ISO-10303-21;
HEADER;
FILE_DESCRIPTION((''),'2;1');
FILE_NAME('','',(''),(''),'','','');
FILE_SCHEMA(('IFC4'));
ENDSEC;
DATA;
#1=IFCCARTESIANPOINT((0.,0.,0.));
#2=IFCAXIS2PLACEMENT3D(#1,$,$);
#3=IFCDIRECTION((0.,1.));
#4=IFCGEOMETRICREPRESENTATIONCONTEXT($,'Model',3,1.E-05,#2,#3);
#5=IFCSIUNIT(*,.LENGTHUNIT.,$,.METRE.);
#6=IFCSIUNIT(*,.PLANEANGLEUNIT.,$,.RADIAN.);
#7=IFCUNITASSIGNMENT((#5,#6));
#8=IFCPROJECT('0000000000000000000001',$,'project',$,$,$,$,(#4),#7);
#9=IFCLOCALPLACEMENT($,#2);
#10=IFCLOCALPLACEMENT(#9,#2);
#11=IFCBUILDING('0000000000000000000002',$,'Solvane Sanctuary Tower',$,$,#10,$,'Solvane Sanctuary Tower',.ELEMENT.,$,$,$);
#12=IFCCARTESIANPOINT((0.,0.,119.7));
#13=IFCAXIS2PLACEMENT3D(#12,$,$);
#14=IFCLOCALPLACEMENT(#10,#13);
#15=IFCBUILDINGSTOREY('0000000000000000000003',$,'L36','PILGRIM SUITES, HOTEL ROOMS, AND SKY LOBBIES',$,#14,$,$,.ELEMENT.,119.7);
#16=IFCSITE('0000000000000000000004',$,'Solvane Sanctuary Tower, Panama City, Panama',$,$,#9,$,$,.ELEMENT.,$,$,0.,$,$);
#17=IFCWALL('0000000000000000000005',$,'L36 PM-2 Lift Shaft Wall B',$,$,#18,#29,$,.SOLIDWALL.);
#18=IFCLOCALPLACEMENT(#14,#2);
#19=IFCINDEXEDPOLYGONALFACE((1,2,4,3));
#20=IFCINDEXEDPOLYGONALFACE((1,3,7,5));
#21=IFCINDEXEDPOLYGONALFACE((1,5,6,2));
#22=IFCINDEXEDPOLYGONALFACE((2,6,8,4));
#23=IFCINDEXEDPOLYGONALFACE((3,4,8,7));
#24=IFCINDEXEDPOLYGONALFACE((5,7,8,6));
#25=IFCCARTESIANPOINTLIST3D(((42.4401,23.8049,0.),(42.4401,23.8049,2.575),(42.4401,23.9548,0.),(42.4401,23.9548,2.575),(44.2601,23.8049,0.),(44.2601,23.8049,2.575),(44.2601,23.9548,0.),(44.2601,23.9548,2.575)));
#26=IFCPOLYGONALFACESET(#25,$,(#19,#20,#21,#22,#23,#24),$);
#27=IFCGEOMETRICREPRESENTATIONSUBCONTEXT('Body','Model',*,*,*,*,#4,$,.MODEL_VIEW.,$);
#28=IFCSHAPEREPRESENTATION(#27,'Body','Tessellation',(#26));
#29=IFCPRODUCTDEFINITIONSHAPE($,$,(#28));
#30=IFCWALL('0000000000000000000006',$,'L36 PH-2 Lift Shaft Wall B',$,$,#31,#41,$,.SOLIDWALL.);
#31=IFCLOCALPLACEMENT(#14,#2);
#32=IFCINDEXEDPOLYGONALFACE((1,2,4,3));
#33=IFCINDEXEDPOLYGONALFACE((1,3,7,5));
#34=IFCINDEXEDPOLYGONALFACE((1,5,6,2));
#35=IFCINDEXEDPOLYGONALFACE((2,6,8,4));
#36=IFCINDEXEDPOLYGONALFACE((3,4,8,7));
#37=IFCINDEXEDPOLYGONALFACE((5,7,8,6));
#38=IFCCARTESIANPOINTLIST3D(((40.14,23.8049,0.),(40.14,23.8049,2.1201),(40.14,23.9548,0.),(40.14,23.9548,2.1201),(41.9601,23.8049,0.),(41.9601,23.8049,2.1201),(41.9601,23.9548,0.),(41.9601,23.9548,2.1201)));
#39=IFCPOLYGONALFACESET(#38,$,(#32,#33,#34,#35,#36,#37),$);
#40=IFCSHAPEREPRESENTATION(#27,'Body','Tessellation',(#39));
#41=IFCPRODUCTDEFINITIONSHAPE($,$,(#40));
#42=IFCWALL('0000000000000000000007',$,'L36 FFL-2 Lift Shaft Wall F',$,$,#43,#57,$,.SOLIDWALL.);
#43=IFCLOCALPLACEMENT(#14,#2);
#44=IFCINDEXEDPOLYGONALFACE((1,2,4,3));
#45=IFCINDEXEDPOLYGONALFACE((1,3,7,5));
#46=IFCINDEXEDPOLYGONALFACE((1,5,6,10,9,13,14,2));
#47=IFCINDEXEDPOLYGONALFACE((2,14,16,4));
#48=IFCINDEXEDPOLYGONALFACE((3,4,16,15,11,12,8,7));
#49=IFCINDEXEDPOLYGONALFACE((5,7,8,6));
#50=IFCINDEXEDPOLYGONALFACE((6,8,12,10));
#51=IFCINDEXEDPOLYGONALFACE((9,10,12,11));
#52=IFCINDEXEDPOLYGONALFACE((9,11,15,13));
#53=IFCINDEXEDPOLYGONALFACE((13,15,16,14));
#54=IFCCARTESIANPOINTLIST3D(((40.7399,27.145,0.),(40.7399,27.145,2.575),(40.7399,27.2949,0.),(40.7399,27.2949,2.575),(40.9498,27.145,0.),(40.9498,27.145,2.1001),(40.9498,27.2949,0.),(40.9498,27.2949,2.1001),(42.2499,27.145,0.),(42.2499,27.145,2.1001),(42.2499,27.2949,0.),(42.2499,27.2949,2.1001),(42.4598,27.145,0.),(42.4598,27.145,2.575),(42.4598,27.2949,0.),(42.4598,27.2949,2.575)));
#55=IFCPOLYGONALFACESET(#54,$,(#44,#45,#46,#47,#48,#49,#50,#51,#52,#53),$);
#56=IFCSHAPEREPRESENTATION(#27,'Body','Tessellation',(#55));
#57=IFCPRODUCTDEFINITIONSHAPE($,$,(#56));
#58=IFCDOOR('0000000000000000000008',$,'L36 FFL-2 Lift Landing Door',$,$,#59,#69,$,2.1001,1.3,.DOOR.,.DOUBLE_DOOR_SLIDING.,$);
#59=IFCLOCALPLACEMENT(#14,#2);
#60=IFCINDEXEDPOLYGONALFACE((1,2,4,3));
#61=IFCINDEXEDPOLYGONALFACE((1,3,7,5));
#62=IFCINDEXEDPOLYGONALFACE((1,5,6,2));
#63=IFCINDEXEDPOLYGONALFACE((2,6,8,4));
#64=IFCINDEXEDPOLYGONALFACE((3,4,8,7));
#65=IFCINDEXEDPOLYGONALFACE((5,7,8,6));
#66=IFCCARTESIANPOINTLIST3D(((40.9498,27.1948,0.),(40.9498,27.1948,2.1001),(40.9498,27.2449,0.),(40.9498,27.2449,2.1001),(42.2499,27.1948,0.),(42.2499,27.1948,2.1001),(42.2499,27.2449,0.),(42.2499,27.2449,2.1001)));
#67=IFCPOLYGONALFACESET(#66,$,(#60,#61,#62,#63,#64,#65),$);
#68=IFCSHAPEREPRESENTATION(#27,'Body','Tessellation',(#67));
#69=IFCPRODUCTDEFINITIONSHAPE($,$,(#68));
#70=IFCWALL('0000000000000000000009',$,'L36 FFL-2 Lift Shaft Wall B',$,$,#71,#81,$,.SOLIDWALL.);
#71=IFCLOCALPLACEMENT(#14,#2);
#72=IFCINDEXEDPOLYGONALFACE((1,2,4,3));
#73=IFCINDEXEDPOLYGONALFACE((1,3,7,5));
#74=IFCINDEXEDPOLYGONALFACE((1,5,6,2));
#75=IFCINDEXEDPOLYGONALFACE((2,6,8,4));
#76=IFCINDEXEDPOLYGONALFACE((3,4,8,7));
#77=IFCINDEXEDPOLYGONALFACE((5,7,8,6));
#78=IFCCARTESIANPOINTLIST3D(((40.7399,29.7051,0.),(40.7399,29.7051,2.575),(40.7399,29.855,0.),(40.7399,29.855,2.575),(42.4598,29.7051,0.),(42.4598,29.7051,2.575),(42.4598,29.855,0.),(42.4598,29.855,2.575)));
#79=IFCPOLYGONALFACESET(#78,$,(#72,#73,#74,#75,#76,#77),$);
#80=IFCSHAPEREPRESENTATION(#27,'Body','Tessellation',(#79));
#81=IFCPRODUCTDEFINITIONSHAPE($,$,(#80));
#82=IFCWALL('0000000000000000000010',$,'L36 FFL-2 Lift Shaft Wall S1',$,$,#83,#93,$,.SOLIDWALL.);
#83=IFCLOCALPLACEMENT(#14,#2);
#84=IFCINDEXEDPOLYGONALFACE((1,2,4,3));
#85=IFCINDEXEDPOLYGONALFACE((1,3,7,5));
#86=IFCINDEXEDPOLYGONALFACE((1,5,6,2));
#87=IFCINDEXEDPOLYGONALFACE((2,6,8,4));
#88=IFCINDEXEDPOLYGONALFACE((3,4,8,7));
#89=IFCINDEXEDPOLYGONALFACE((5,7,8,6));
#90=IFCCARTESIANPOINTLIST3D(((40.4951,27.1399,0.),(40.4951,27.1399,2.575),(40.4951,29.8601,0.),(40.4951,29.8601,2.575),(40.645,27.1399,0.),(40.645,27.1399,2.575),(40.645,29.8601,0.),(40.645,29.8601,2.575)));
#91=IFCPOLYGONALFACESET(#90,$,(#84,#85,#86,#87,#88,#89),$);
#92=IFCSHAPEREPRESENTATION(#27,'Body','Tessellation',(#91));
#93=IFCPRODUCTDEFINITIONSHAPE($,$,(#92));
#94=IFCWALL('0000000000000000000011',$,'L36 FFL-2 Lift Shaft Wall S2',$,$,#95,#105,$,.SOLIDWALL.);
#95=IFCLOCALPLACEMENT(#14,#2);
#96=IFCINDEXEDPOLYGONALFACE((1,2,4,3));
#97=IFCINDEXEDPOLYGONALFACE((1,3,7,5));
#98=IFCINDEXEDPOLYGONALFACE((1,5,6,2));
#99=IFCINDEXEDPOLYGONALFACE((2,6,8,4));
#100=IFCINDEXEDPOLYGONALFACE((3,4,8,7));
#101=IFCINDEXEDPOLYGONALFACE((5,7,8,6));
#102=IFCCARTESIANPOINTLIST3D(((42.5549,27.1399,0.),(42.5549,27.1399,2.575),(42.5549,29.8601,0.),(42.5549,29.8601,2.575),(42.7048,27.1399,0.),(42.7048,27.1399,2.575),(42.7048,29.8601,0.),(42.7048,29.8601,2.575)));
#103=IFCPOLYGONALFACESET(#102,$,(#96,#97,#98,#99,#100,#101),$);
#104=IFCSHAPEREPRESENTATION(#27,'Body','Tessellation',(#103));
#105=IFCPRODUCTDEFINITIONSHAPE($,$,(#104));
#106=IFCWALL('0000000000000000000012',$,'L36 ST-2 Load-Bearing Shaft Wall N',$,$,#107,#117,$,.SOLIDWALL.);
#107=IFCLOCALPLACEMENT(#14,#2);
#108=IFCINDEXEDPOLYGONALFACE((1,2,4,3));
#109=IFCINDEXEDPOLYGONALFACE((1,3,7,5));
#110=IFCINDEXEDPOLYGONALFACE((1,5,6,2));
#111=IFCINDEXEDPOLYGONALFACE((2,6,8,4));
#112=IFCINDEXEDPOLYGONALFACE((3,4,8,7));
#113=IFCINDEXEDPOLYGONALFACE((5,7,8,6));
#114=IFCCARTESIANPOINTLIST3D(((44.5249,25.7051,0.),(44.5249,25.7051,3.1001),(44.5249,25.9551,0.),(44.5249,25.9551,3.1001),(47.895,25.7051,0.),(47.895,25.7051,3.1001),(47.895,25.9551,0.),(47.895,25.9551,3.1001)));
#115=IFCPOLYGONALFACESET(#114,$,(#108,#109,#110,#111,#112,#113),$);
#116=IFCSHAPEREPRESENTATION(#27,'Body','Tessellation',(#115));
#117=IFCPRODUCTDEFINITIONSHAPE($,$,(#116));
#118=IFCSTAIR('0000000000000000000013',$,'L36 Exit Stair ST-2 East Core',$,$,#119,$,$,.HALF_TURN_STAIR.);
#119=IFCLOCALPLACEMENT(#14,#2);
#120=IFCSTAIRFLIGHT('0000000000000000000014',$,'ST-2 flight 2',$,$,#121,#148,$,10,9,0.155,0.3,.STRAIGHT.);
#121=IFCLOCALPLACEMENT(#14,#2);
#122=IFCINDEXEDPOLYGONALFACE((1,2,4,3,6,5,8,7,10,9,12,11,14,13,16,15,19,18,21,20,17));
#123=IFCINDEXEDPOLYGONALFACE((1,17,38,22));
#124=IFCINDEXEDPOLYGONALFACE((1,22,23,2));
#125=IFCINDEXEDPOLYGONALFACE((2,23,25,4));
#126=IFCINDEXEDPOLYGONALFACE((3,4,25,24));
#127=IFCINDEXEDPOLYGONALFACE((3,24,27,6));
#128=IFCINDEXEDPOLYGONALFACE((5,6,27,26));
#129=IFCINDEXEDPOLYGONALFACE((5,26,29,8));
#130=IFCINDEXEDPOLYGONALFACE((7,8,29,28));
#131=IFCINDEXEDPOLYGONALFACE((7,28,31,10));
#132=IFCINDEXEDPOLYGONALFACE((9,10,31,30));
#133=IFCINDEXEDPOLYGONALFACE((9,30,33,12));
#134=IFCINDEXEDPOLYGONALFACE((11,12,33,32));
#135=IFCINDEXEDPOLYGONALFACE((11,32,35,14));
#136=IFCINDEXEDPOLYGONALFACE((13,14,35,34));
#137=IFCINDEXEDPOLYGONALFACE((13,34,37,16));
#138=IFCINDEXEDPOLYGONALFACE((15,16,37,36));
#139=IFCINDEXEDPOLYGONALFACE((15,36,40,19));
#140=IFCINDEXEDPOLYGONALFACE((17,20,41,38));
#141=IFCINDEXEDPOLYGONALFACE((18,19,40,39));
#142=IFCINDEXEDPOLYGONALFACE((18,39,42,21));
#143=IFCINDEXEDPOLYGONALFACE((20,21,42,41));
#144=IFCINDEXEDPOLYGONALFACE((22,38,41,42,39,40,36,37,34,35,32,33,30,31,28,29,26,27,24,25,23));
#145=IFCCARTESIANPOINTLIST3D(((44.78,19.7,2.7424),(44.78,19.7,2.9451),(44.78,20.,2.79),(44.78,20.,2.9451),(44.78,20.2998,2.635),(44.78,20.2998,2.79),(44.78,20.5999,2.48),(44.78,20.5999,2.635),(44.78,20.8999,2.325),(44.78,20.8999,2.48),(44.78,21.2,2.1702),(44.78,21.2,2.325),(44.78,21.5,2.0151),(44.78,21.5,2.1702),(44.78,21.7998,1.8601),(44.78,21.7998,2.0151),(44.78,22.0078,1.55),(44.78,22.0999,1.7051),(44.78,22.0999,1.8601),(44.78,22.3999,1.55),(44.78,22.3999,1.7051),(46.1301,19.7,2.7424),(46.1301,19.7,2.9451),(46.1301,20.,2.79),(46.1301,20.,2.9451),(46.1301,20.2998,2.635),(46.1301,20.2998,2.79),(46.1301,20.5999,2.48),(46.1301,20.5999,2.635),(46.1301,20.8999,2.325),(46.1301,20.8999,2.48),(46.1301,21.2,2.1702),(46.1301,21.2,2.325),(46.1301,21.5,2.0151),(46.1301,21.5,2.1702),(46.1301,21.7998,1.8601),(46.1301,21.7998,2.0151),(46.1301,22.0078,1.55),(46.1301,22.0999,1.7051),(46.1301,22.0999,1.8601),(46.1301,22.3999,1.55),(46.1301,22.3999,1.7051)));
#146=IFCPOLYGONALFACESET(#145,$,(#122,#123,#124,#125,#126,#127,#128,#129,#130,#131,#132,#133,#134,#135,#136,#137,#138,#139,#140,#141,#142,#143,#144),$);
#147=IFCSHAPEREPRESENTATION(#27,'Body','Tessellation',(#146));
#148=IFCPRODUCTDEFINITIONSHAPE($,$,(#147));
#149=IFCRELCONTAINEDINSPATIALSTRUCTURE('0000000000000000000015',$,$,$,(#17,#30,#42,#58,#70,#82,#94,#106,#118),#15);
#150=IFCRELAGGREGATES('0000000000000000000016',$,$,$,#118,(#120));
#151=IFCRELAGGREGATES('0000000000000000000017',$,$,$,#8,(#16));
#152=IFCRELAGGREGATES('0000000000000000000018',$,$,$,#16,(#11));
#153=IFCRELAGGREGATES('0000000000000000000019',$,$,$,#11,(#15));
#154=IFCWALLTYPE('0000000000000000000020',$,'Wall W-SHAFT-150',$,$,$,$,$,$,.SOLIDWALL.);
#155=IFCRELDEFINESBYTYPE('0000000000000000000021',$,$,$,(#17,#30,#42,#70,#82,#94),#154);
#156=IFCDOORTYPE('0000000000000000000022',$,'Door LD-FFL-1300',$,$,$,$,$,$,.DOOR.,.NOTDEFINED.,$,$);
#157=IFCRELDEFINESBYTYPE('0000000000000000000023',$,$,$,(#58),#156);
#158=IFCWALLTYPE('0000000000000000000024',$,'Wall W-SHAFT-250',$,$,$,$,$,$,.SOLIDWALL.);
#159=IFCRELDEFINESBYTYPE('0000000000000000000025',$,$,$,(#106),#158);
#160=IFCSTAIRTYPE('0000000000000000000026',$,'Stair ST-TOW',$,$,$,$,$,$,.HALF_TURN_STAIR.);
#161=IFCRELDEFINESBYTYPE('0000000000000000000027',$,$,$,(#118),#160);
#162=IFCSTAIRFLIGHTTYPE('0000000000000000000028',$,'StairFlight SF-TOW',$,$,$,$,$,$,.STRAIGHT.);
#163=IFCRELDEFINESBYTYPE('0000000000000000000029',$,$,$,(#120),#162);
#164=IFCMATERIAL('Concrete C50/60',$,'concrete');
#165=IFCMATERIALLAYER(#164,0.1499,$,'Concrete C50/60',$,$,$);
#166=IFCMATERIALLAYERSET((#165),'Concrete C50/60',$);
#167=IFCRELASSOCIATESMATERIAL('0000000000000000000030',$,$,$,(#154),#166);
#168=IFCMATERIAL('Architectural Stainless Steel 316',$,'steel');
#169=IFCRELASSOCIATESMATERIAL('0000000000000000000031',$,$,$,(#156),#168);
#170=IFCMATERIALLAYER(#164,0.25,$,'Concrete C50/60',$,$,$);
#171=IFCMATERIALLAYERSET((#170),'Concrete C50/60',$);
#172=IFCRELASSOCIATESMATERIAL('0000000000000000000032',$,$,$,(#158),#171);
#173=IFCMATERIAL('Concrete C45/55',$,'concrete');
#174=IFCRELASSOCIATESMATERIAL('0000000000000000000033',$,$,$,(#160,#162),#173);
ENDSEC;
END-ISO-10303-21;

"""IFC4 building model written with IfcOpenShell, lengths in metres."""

from ifc_helpers import new_model, si_unit, direction, frame, frame_2d, origin, place, context, subcontext, project, spatial, polyline, rectangle, outline, extrude, material, layer, layer_set, type_object, element, fill, aggregate, save


model = new_model("IFC4")

# Units and contexts
model_context = context("Model", 3, precision=1e-05, world=origin(), true_north=direction((0.0, 1.0)))
body_context = subcontext(model_context, "Body", "Model", "MODEL_VIEW")
ifc_project = project(units=[si_unit("LENGTHUNIT", "METRE"), si_unit("PLANEANGLEUNIT", "RADIAN")], contexts=[model_context])

# Site, building, storey
site_placement = place(None, origin())
site = spatial("IfcSite", under=ifc_project, at=site_placement, Name="Solvane Sanctuary Tower, Panama City, Panama", CompositionType="ELEMENT", RefElevation=0.0)
building_placement = place(site_placement, origin())
building = spatial("IfcBuilding", under=site, at=building_placement, Name="Solvane Sanctuary Tower", LongName="Solvane Sanctuary Tower", CompositionType="ELEMENT")
storey_placement = place(building_placement, frame((0.0, 0.0, 119.7)))
storey = spatial("IfcBuildingStorey", under=building, at=storey_placement, Name="L36", Description="PILGRIM SUITES, HOTEL ROOMS, AND SKY LOBBIES", CompositionType="ELEMENT", Elevation=119.7)

# Walls
ifc_material_1 = material(Name="Concrete C50/60", Category="concrete")
ifc_layer_1 = layer(ifc_material_1, 0.1499, Name="Concrete C50/60")
ifc_layer_set_1 = layer_set([ifc_layer_1], Name="Concrete C50/60")
wall_type_1 = type_object("IfcWallType", Name="Wall W-SHAFT-150", PredefinedType="SOLIDWALL", material=ifc_layer_set_1)
wall_1_placement = place(storey_placement, frame((42.4399, 23.8799, 0.0), z_axis=(0.0, 0.0, 1.0), x_axis=(1.0, 0.0, 0.0)))
element("IfcWall", 1, at=wall_1_placement, inside=storey, type_object=wall_type_1, Name="L36 PM-2 Lift Shaft Wall B", PredefinedType="SOLIDWALL", context=body_context, shape_type="SweptSolid", body=[
    extrude(rectangle(XDim=1.8201, YDim=0.1499, at=frame_2d((0.9102, 0.0))), origin(), (0.0, 0.0, 1.0), 2.575),
])
wall_2_placement = place(storey_placement, frame((40.1399, 23.8799, 0.0), z_axis=(0.0, 0.0, 1.0), x_axis=(1.0, 0.0, 0.0)))
element("IfcWall", 2, at=wall_2_placement, inside=storey, type_object=wall_type_1, Name="L36 PH-2 Lift Shaft Wall B", PredefinedType="SOLIDWALL", context=body_context, shape_type="SweptSolid", body=[
    extrude(rectangle(XDim=1.8201, YDim=0.1499, at=frame_2d((0.9102, 0.0))), origin(), (0.0, 0.0, 1.0), 2.1201),
])

# Wall, opening, door
wall_3_placement = place(storey_placement, frame((40.74, 27.22, 0.0), z_axis=(0.0, 0.0, 1.0), x_axis=(1.0, 0.0, 0.0)))
wall_3 = element("IfcWall", 3, at=wall_3_placement, inside=storey, type_object=wall_type_1, Name="L36 FFL-2 Lift Shaft Wall F", PredefinedType="SOLIDWALL", context=body_context, shape_type="SweptSolid", body=[
    extrude(rectangle(XDim=1.72, YDim=0.1499, at=frame_2d((0.8599, 0.0))), origin(), (0.0, 0.0, 1.0), 2.575),
])
opening_1_placement = place(wall_3_placement, frame((0.21, 0.0, 0.0)))
opening_1 = element("IfcOpeningElement", 4, at=opening_1_placement, cuts=wall_3, PredefinedType="OPENING", context=body_context, shape_type="SweptSolid", body=[
    extrude(rectangle(XDim=1.3, YDim=2.1001, at=frame_2d((0.6499, 1.05))), frame((0.0, 0.085, 0.0), z_axis=(0.0, -1.0, 0.0), x_axis=(1.0, 0.0, 0.0)), (0.0, 0.0, 1.0), 0.1699),
])
ifc_material_2 = material(Name="Architectural Stainless Steel 316", Category="steel")
door_type = type_object("IfcDoorType", Name="Door LD-FFL-1300", OperationType="NOTDEFINED", PredefinedType="DOOR", material=ifc_material_2)
door_placement = place(opening_1_placement, origin())
door = element("IfcDoor", 5, at=door_placement, inside=storey, type_object=door_type, Name="L36 FFL-2 Lift Landing Door", OperationType="DOUBLE_DOOR_SLIDING", OverallHeight=2.1001, OverallWidth=1.3, PredefinedType="DOOR", context=body_context, shape_type="SweptSolid", body=[
    extrude(rectangle(XDim=1.3, YDim=2.1001, at=frame_2d((0.6499, 1.05))), frame((0.0, 0.0249, 0.0), z_axis=(0.0, -1.0, 0.0), x_axis=(1.0, 0.0, 0.0)), (0.0, 0.0, 1.0), 0.05),
])
fill(opening_1, door)

# Walls
wall_4_placement = place(storey_placement, frame((40.74, 29.78, 0.0), z_axis=(0.0, 0.0, 1.0), x_axis=(1.0, 0.0, 0.0)))
element("IfcWall", 6, at=wall_4_placement, inside=storey, type_object=wall_type_1, Name="L36 FFL-2 Lift Shaft Wall B", PredefinedType="SOLIDWALL", context=body_context, shape_type="SweptSolid", body=[
    extrude(rectangle(XDim=1.72, YDim=0.1499, at=frame_2d((0.8599, 0.0))), origin(), (0.0, 0.0, 1.0), 2.575),
])
for number, where, z_axis, x_axis, name in (
    (7, (40.5701, 27.1399, 0.0), (0.0, 0.0, 1.0), (0.0, 1.0, 0.0), "L36 FFL-2 Lift Shaft Wall S1"),
    (8, (42.6299, 27.1399, 0.0), (0.0, 0.0, 1.0), (0.0, 1.0, 0.0), "L36 FFL-2 Lift Shaft Wall S2"),
):
    element("IfcWall", number, at=place(storey_placement, frame(where, z_axis=z_axis, x_axis=x_axis)), inside=storey, type_object=wall_type_1, Name=name, PredefinedType="SOLIDWALL", context=body_context, shape_type="SweptSolid", body=[
        extrude(rectangle(XDim=2.7202, YDim=0.1499, at=frame_2d((1.3601, 0.0))), origin(), (0.0, 0.0, 1.0), 2.575),
    ])
ifc_layer_2 = layer(ifc_material_1, 0.25, Name="Concrete C50/60")
ifc_layer_set_2 = layer_set([ifc_layer_2], Name="Concrete C50/60")
wall_type_2 = type_object("IfcWallType", Name="Wall W-SHAFT-250", PredefinedType="SOLIDWALL", material=ifc_layer_set_2)
wall_5_placement = place(storey_placement, frame((44.5249, 25.8301, 0.0), z_axis=(0.0, 0.0, 1.0), x_axis=(1.0, 0.0, 0.0)))
element("IfcWall", 9, at=wall_5_placement, inside=storey, type_object=wall_type_2, Name="L36 ST-2 Load-Bearing Shaft Wall N", PredefinedType="SOLIDWALL", context=body_context, shape_type="SweptSolid", body=[
    extrude(rectangle(XDim=3.3701, YDim=0.25, at=frame_2d((1.6851, 0.0))), origin(), (0.0, 0.0, 1.0), 3.1001),
])

# Stair, stair flight
ifc_material_3 = material(Name="Concrete C45/55", Category="concrete")
stair_type = type_object("IfcStairType", Name="Stair ST-TOW", PredefinedType="HALF_TURN_STAIR", material=ifc_material_3)
stair_placement = place(storey_placement, origin())
stair = element("IfcStair", 10, at=stair_placement, inside=storey, type_object=stair_type, Name="L36 Exit Stair ST-2 East Core", PredefinedType="HALF_TURN_STAIR")
stair_flight_type = type_object("IfcStairFlightType", Name="StairFlight SF-TOW", PredefinedType="STRAIGHT", material=ifc_material_3)
stair_flight_placement = place(storey_placement, frame((45.4551, 22.3999, 1.55), z_axis=(0.0, 0.0, 1.0), x_axis=(0.0, -1.0, 0.0)))
stair_flight = element("IfcStairFlight", 11, at=stair_flight_placement, type_object=stair_flight_type, Name="ST-2 flight 2", NumberOfRisers=10, NumberOfTreads=9, PredefinedType="STRAIGHT", RiserHeight=0.155, TreadLength=0.3, context=body_context, shape_type="SweptSolid", body=[
    extrude(outline(polyline([(0.0, 0.0), (0.0, 0.155), (0.3, 0.155), (0.3, 0.3101), (0.6001, 0.3101), (0.6001, 0.4651), (0.8999, 0.4651), (0.8999, 0.6201), (1.2, 0.6201), (1.2, 0.7749), (1.5, 0.7749), (1.5, 0.9299), (1.8, 0.9299), (1.8, 1.085), (2.1001, 1.085), (2.1001, 1.24), (2.3999, 1.24), (2.3999, 1.395), (2.7, 1.395), (2.7, 1.55), (2.7, 1.1924), (0.3921, 0.0), (0.0, 0.0)])), frame((0.0, 0.675, 0.0), z_axis=(0.0, -1.0, 0.0), x_axis=(1.0, 0.0, 0.0)), (0.0, 0.0, 1.0), 1.3501),
])
aggregate(stair, [stair_flight])

save(model, "model.ifc")
